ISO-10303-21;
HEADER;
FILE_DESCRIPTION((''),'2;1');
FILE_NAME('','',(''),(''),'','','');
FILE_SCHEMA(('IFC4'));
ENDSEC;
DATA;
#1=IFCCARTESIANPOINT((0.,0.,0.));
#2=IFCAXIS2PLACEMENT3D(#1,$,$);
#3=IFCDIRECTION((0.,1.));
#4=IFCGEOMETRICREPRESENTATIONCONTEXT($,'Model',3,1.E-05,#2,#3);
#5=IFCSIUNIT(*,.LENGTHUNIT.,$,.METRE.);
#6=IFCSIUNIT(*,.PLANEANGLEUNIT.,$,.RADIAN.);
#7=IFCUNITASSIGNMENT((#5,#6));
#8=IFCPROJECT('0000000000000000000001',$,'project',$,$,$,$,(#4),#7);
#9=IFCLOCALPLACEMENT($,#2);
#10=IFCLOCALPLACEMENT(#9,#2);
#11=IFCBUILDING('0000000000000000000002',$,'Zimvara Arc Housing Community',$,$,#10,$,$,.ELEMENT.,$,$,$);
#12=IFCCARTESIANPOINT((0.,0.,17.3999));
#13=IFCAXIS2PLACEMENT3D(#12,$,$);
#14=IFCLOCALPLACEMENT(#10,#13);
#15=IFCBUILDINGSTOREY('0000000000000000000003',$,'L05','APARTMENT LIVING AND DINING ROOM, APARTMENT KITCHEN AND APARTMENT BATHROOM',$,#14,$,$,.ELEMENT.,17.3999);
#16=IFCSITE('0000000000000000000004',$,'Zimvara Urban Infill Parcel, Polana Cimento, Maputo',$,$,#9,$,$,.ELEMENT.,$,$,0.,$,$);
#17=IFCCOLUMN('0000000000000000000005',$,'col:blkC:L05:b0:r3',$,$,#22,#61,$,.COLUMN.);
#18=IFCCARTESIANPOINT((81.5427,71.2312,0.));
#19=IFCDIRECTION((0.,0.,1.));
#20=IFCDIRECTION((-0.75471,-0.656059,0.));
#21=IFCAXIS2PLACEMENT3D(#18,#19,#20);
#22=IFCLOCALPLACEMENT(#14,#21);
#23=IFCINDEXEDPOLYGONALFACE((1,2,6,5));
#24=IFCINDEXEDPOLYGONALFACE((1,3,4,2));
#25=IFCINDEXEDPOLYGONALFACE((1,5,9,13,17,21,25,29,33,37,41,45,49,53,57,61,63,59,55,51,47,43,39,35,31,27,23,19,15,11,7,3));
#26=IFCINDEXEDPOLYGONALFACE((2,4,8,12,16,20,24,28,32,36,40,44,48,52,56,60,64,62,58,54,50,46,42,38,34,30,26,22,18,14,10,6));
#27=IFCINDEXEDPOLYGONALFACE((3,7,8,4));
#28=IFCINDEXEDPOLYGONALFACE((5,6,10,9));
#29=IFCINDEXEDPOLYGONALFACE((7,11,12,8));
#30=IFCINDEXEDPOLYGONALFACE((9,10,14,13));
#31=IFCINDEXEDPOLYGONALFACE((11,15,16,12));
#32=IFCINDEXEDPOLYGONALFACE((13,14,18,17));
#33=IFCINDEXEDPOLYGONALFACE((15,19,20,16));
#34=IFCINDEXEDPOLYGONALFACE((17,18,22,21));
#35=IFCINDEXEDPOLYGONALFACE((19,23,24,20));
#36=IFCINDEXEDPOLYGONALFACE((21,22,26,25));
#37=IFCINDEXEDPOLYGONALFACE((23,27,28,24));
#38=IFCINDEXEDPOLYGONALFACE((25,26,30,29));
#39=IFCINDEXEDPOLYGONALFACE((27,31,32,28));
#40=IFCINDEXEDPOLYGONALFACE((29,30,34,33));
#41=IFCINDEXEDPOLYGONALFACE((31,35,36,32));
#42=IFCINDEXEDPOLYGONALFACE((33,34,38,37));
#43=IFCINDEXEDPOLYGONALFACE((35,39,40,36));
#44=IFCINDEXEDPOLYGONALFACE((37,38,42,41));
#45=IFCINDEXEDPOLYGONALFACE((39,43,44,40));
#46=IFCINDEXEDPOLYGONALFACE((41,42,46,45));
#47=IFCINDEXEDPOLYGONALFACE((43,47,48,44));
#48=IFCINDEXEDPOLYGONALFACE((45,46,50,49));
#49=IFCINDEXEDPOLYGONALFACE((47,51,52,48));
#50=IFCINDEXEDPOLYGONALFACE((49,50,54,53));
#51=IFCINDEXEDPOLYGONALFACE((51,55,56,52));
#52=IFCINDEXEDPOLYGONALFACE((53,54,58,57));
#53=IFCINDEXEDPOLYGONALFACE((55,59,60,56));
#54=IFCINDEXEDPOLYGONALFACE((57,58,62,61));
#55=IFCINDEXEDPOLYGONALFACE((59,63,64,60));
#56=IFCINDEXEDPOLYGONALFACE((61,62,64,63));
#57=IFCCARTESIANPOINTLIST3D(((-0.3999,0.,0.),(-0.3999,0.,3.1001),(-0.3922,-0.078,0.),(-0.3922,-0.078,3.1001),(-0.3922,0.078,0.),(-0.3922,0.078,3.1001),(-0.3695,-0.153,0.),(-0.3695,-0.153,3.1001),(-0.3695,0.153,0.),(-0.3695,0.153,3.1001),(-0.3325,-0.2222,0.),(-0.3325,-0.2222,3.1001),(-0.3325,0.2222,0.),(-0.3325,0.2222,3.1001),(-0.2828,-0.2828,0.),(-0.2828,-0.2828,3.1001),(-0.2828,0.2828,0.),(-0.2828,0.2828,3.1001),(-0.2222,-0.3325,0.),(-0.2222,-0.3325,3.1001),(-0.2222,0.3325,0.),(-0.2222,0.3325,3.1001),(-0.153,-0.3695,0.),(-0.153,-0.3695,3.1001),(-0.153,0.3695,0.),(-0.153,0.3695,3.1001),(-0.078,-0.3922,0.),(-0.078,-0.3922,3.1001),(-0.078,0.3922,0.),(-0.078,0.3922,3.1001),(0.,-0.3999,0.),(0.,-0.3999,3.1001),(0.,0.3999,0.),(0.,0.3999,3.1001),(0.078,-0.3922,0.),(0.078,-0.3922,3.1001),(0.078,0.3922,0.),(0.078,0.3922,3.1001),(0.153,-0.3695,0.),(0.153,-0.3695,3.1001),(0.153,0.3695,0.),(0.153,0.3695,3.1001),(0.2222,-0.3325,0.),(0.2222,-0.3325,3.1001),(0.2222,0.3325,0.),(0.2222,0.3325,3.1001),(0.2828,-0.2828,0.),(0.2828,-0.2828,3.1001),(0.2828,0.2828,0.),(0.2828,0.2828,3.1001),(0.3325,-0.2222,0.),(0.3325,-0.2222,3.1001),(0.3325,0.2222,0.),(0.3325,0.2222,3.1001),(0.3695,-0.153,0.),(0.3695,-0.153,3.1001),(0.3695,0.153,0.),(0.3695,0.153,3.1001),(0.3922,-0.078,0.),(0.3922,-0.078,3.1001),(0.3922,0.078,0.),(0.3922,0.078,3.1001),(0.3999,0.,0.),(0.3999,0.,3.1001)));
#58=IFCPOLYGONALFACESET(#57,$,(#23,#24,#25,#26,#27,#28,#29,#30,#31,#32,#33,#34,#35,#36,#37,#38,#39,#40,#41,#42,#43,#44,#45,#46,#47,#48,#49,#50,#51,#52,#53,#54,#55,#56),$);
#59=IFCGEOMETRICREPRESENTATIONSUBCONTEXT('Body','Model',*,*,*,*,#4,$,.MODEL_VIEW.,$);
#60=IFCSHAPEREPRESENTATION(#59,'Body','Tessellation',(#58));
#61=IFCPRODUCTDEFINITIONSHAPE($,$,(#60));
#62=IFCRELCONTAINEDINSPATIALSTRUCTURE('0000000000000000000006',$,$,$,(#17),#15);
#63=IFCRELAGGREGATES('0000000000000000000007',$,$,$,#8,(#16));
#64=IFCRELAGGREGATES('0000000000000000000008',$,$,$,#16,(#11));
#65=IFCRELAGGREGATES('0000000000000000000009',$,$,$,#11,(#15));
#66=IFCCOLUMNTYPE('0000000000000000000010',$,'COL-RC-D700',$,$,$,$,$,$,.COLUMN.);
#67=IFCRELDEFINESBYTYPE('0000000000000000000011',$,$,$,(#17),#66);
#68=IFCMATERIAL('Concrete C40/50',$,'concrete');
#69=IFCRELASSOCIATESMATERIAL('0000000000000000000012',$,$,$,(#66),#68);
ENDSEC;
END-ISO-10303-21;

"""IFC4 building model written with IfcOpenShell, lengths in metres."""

from ifc_helpers import new_model, si_unit, direction, frame, origin, origin_2d, place, context, subcontext, project, spatial, circle, extrude, material, material_profile, profile_set, type_object, element, save


model = new_model("IFC4")

# Units and contexts
model_context = context("Model", 3, precision=1e-05, world=origin(), true_north=direction((0.0, 1.0)))
body_context = subcontext(model_context, "Body", "Model", "MODEL_VIEW")
ifc_project = project(units=[si_unit("LENGTHUNIT", "METRE"), si_unit("PLANEANGLEUNIT", "RADIAN")], contexts=[model_context])

# Site, building, storey
site_placement = place(None, origin())
site = spatial("IfcSite", under=ifc_project, at=site_placement, Name="Zimvara Urban Infill Parcel, Polana Cimento, Maputo", CompositionType="ELEMENT", RefElevation=0.0)
building_placement = place(site_placement, origin())
building = spatial("IfcBuilding", under=site, at=building_placement, Name="Zimvara Arc Housing Community", CompositionType="ELEMENT")
storey_placement = place(building_placement, frame((0.0, 0.0, 17.3999)))
storey = spatial("IfcBuildingStorey", under=building, at=storey_placement, Name="L05", Description="APARTMENT LIVING AND DINING ROOM, APARTMENT KITCHEN AND APARTMENT BATHROOM", CompositionType="ELEMENT", Elevation=17.3999)

# Column
ifc_material_1 = material(Name="Concrete C40/50", Category="concrete")
ifc_material_profile_1 = material_profile(ifc_material_1, circle(Radius=0.3999, at=origin_2d()), Name="RC D800")
ifc_profile_set_1 = profile_set([ifc_material_profile_1], Name="Concrete C40/50")
column_type_1 = type_object("IfcColumnType", Name="COL-RC-D700", PredefinedType="COLUMN", material=ifc_profile_set_1)
column_1_placement = place(storey_placement, frame((81.5427, 71.2312, 0.0), z_axis=(0.0, 0.0, 1.0), x_axis=(-0.75471, -0.656059, 0.0)))
element("IfcColumn", 1, at=column_1_placement, inside=storey, type_object=column_type_1, Name="col:blkC:L05:b0:r3", PredefinedType="COLUMN", context=body_context, shape_type="SweptSolid", body=[
    extrude(circle(Radius=0.3999, at=origin_2d()), origin(), (0.0, 0.0, 1.0), 3.1001),
])

save(model, "model.ifc")
